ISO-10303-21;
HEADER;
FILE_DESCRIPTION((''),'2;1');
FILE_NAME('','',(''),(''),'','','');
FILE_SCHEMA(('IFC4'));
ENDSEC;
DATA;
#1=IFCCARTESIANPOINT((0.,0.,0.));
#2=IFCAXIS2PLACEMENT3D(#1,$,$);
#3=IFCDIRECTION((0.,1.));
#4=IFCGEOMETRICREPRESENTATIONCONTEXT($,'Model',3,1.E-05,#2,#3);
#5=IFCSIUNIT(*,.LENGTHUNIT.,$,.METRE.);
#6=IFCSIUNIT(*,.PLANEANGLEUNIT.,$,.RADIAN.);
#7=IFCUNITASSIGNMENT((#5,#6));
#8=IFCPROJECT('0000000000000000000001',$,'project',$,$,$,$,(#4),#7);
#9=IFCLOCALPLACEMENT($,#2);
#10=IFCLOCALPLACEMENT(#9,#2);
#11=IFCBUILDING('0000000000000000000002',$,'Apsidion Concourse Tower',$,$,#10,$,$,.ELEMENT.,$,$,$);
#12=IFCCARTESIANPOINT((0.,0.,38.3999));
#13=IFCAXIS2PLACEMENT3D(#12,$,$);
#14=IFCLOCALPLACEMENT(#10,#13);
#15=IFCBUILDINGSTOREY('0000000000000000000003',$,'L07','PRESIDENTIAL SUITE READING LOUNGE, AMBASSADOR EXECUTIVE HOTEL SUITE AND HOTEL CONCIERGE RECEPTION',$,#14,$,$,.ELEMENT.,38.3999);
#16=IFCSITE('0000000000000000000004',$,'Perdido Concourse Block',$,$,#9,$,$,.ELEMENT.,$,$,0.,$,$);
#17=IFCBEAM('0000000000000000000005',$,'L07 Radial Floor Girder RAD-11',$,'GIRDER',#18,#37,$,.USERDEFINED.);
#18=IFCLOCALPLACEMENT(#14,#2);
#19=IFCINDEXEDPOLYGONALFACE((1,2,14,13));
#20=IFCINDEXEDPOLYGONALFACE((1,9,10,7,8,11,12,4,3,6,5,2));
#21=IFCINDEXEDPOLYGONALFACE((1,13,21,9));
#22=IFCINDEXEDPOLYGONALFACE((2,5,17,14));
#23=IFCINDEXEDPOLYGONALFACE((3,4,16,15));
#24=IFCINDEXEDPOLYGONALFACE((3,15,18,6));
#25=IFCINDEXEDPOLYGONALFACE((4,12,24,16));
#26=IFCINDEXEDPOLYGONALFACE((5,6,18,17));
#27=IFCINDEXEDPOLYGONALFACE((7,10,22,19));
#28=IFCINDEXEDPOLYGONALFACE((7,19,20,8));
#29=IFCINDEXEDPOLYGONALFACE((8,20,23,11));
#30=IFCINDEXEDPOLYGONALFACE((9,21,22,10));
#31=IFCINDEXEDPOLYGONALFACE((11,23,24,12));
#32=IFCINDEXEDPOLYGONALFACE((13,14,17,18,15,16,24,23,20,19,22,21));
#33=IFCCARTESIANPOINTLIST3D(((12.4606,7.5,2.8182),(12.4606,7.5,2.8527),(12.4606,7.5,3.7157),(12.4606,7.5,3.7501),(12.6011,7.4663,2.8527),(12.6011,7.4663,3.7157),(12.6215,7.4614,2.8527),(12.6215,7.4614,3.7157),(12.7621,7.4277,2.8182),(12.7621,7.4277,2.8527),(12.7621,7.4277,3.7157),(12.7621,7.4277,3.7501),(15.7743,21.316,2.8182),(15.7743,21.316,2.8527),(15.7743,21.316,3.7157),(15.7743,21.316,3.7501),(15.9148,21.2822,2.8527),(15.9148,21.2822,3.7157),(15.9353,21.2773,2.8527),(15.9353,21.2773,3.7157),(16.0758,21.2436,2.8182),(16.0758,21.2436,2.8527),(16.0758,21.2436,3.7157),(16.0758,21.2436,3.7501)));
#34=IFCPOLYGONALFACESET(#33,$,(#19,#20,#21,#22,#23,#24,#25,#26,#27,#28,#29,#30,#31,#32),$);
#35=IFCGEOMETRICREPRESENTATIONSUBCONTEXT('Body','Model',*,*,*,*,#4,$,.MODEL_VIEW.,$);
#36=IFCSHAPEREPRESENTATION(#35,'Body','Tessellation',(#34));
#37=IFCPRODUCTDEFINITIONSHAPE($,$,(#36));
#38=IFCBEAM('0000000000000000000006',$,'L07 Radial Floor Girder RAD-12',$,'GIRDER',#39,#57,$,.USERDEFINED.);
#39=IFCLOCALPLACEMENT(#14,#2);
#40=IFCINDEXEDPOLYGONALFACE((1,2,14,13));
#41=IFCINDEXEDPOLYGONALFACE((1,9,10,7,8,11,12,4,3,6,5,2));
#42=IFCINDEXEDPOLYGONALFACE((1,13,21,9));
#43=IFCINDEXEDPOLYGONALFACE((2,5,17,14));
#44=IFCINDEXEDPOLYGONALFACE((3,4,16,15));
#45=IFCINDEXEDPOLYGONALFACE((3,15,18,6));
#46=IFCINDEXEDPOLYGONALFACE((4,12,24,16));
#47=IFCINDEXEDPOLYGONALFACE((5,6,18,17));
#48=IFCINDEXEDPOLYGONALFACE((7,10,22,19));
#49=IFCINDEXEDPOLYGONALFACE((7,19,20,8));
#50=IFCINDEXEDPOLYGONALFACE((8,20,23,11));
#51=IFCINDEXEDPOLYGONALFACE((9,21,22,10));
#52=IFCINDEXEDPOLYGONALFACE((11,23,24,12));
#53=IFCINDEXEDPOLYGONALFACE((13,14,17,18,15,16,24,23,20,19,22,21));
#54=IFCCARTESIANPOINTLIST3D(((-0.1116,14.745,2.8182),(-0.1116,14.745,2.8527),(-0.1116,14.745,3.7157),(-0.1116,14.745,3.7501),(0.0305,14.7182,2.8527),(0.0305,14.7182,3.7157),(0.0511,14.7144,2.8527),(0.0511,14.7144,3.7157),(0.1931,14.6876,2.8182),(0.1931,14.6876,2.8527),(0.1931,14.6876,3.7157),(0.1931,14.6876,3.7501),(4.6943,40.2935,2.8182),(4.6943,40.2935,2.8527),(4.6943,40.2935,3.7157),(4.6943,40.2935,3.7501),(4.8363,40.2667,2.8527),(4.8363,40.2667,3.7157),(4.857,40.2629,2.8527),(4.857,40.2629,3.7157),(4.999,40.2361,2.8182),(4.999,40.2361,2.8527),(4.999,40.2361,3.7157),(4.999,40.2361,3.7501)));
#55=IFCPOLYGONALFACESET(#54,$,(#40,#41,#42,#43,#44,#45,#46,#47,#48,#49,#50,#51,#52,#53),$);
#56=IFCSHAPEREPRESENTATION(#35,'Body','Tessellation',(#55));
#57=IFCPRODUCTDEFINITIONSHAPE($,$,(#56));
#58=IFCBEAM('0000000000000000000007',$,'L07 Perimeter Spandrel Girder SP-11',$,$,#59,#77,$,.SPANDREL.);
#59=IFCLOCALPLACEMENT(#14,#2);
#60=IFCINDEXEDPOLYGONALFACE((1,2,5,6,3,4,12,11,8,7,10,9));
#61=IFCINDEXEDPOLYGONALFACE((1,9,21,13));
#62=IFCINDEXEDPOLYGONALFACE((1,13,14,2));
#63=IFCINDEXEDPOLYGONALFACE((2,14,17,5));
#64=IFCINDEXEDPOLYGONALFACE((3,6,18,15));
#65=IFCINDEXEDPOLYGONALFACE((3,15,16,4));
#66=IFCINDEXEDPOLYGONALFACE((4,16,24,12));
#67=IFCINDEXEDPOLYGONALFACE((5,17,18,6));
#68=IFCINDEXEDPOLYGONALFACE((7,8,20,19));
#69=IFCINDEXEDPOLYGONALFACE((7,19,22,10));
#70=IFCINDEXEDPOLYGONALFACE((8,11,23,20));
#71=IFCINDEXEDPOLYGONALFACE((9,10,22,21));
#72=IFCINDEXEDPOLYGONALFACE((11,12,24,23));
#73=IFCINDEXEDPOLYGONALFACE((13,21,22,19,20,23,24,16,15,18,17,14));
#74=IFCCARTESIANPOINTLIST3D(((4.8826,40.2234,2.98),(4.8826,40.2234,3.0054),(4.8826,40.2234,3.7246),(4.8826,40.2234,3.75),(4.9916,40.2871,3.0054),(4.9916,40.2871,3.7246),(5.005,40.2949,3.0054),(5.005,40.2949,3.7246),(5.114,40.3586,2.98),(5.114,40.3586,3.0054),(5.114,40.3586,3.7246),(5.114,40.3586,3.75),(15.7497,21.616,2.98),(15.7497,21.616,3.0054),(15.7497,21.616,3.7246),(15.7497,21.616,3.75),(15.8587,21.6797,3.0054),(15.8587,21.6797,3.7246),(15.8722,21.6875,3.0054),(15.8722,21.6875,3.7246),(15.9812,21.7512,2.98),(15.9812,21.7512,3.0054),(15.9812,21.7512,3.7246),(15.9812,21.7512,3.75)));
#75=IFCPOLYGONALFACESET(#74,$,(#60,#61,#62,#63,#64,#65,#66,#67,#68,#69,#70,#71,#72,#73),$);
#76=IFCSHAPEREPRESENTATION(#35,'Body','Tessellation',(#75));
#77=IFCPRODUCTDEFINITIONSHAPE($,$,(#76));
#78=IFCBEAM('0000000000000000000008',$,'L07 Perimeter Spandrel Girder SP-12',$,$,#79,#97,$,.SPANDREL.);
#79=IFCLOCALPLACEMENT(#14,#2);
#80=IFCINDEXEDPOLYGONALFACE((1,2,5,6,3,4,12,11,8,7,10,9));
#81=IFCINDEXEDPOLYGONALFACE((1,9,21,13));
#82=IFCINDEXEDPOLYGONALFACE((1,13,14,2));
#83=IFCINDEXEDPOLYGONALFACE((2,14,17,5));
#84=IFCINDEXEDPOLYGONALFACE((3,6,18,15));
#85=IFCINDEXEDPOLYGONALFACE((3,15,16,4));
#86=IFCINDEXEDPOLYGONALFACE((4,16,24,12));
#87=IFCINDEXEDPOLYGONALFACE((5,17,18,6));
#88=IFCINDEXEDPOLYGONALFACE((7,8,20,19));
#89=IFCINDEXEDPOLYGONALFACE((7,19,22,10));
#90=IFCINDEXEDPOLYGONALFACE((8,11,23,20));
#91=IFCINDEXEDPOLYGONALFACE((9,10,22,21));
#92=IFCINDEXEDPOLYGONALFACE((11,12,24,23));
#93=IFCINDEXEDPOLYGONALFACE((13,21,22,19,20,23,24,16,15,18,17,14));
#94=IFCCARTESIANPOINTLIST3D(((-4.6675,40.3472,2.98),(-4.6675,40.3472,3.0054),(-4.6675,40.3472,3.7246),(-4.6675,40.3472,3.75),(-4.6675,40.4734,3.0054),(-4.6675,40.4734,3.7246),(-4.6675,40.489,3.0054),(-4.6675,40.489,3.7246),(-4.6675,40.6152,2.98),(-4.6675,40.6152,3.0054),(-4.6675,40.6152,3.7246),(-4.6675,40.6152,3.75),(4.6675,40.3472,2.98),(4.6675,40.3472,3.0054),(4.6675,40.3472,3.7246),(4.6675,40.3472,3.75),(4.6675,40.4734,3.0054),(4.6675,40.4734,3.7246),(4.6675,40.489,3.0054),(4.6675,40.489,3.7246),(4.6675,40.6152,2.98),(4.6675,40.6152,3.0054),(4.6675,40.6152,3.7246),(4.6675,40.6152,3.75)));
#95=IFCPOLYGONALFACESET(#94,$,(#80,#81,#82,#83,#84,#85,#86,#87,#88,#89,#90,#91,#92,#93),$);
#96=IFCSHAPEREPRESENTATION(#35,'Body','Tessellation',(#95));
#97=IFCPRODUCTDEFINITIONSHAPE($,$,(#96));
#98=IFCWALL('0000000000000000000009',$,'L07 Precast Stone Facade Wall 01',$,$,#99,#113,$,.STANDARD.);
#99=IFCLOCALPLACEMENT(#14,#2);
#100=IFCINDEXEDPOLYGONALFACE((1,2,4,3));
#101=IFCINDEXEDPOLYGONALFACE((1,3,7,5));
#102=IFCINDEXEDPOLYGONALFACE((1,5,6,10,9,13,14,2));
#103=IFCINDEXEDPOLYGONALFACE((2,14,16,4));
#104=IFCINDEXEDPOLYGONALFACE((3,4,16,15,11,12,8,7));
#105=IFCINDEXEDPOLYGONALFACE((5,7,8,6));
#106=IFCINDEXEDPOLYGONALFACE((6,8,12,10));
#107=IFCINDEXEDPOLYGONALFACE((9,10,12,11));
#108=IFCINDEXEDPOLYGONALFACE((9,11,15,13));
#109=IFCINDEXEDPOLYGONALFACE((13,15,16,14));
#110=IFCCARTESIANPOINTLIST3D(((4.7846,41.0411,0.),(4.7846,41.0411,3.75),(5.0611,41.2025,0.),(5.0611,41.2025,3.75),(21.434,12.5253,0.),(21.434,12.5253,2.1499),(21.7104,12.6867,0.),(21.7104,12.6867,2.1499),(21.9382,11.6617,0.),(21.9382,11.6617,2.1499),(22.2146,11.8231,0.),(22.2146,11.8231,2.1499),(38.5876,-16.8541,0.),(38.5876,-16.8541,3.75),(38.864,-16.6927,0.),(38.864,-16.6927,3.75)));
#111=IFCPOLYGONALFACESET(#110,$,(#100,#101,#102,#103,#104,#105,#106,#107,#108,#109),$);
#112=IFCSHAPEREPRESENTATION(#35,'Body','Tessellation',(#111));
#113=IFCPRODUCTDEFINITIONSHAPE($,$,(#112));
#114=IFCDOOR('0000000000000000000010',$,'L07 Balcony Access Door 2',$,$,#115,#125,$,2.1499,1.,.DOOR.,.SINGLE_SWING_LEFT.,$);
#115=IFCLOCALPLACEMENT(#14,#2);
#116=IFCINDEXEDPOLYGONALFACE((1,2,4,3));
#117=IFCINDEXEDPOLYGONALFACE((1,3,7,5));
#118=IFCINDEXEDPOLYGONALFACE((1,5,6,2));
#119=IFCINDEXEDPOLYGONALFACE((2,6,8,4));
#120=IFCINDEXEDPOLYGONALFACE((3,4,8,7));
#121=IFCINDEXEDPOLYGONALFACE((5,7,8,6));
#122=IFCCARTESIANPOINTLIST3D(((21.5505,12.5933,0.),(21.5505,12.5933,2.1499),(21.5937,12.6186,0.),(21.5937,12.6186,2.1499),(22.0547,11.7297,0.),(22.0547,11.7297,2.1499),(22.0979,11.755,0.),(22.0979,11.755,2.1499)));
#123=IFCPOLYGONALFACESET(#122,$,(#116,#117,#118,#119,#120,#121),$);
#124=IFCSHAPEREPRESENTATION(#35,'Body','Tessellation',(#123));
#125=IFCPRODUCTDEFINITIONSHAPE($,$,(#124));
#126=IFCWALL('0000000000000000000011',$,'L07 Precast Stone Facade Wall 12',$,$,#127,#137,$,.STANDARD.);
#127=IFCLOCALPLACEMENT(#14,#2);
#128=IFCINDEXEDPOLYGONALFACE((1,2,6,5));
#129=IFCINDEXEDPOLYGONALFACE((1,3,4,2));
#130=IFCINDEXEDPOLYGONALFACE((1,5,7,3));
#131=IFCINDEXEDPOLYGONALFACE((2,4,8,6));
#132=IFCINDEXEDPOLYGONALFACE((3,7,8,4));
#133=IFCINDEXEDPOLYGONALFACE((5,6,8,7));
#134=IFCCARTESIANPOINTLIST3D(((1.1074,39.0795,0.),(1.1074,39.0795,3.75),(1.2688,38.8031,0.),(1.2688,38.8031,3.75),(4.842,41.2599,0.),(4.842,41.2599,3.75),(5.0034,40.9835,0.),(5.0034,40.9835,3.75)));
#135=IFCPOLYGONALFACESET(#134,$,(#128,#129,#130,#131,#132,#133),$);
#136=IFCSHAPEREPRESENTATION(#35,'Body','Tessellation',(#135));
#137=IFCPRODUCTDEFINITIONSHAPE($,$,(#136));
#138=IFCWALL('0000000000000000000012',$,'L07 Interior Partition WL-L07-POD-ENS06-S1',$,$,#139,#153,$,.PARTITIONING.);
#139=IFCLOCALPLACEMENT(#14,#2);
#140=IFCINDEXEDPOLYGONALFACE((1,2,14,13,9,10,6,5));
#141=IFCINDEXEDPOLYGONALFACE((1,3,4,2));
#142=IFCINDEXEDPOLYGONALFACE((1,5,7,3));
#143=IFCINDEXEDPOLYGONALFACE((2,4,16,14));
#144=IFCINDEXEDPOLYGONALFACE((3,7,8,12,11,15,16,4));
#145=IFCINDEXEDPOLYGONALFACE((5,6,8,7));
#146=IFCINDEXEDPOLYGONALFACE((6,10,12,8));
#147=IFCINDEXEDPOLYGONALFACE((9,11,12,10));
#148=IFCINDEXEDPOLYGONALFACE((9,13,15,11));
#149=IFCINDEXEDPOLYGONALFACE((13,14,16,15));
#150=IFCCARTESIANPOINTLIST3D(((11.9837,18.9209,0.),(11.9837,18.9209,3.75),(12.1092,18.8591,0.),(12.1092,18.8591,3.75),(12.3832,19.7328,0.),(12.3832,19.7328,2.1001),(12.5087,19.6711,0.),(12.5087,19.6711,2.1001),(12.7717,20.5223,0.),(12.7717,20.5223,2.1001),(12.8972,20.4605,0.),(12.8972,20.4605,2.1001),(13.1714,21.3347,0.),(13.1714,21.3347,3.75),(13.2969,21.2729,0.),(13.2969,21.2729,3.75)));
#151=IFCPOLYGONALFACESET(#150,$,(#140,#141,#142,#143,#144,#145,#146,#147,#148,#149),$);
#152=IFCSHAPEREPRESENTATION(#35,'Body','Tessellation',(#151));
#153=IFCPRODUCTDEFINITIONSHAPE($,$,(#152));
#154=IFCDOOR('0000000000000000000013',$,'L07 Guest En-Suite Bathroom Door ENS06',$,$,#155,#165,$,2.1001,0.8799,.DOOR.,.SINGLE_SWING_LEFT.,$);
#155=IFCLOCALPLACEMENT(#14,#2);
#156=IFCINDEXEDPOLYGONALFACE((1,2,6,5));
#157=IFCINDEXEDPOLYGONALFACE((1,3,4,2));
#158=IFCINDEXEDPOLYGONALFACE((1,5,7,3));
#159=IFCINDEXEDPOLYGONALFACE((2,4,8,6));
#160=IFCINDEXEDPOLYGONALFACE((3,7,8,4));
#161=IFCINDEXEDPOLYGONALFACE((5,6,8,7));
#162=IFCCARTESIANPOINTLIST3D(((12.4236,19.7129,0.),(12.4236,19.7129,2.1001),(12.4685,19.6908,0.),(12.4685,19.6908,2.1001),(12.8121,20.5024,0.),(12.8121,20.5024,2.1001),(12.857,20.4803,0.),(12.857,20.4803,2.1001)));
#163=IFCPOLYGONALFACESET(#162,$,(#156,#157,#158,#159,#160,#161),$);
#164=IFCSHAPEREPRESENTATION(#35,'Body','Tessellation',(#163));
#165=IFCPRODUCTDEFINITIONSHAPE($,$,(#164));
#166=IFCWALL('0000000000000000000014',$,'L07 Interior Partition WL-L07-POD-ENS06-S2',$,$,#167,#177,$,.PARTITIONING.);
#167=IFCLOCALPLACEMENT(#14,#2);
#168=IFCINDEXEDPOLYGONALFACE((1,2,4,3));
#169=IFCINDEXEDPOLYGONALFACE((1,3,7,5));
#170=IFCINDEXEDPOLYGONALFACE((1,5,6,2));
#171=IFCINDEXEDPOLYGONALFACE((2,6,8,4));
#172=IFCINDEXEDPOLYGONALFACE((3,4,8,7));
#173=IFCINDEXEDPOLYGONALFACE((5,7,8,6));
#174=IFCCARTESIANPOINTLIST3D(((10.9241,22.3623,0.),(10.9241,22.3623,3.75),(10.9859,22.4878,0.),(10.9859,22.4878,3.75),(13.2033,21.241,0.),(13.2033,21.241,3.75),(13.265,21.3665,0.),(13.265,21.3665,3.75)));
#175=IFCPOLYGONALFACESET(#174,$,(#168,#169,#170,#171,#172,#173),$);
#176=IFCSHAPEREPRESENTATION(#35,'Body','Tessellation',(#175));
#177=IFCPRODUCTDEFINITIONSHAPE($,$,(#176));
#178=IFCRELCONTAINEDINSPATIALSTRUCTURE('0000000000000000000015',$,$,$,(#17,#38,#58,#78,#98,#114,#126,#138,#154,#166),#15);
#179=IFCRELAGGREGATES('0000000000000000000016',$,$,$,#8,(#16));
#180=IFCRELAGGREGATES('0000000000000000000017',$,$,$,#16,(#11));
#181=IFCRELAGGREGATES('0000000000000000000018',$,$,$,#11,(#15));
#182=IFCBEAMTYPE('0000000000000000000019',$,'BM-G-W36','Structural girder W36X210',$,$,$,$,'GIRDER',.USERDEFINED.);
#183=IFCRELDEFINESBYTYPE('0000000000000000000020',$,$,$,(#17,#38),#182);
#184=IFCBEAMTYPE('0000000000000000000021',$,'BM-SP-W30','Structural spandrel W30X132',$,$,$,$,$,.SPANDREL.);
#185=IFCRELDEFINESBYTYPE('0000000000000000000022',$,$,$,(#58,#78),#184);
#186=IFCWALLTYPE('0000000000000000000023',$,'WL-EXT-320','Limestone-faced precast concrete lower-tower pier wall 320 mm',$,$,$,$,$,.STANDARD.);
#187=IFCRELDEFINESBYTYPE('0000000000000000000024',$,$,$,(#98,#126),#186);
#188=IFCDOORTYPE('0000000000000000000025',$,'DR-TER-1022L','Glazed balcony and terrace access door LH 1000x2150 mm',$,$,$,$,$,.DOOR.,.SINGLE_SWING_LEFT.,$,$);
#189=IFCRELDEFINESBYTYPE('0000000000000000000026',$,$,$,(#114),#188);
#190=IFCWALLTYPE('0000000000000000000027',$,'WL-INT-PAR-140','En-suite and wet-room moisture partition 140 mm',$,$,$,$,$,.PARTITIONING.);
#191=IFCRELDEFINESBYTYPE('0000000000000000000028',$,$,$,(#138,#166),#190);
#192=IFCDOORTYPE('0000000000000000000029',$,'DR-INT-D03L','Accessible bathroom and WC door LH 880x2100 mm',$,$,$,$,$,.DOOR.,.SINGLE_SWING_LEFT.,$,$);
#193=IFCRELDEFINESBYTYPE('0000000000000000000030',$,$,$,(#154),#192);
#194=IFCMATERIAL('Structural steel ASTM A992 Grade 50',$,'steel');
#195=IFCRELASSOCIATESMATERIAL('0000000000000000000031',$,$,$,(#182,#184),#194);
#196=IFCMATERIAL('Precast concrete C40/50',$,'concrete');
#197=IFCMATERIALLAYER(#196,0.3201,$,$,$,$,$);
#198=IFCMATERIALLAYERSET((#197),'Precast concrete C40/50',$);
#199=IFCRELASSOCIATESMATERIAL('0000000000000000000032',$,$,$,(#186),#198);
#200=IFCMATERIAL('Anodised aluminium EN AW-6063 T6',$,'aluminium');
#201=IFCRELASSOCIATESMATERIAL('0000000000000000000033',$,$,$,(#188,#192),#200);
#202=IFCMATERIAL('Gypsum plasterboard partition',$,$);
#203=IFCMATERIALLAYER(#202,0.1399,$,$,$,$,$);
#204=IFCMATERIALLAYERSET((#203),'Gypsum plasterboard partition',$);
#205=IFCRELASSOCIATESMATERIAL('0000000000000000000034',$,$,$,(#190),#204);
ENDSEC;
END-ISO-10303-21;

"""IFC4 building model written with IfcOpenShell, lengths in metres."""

from ifc_helpers import new_model, si_unit, direction, frame, frame_2d, origin, origin_2d, place, context, subcontext, project, spatial, rectangle, i_section, extrude, material, layer, layer_set, material_profile, profile_set, type_object, element, fill, save


model = new_model("IFC4")

# Units and contexts
model_context = context("Model", 3, precision=1e-05, world=origin(), true_north=direction((0.0, 1.0)))
body_context = subcontext(model_context, "Body", "Model", "MODEL_VIEW")
ifc_project = project(units=[si_unit("LENGTHUNIT", "METRE"), si_unit("PLANEANGLEUNIT", "RADIAN")], contexts=[model_context])

# Site, building, storey
site_placement = place(None, origin())
site = spatial("IfcSite", under=ifc_project, at=site_placement, Name="Perdido Concourse Block", CompositionType="ELEMENT", RefElevation=0.0)
building_placement = place(site_placement, origin())
building = spatial("IfcBuilding", under=site, at=building_placement, Name="Apsidion Concourse Tower", CompositionType="ELEMENT")
storey_placement = place(building_placement, frame((0.0, 0.0, 38.3999)))
storey = spatial("IfcBuildingStorey", under=building, at=storey_placement, Name="L07", Description="PRESIDENTIAL SUITE READING LOUNGE, AMBASSADOR EXECUTIVE HOTEL SUITE AND HOTEL CONCIERGE RECEPTION", CompositionType="ELEMENT", Elevation=38.3999)

# Beams
ifc_material_1 = material(Name="Structural steel ASTM A992 Grade 50", Category="steel")
ifc_material_profile_1 = material_profile(ifc_material_1, i_section(OverallWidth=0.3101, OverallDepth=0.9319, WebThickness=0.021, FlangeThickness=0.0344, at=origin_2d()), Name="W36X210")
ifc_profile_set_1 = profile_set([ifc_material_profile_1], Name="Structural steel ASTM A992 Grade 50")
beam_type_1 = type_object("IfcBeamType", Name="BM-G-W36", Description="Structural girder W36X210", ElementType="GIRDER", PredefinedType="USERDEFINED", material=ifc_profile_set_1)
beam_1_placement = place(storey_placement, frame((12.6113, 7.4639, 3.2842), z_axis=(0.233233, 0.972421, 0.0), x_axis=(-0.972421, 0.233233, 0.0)))
element("IfcBeam", 1, at=beam_1_placement, inside=storey, type_object=beam_type_1, Name="L07 Radial Floor Girder RAD-11", ObjectType="GIRDER", PredefinedType="USERDEFINED", context=body_context, shape_type="SweptSolid", body=[
    extrude(i_section(OverallWidth=0.3101, OverallDepth=0.9319, WebThickness=0.021, FlangeThickness=0.0344, at=origin_2d()), origin(), (0.0, 0.0, 1.0), 14.2078),
])
beam_2_placement = place(storey_placement, frame((0.0408, 14.7163, 3.2842), z_axis=(0.184866, 0.982764, 0.0), x_axis=(-0.982764, 0.184866, 0.0)))
element("IfcBeam", 2, at=beam_2_placement, inside=storey, type_object=beam_type_1, Name="L07 Radial Floor Girder RAD-12", ObjectType="GIRDER", PredefinedType="USERDEFINED", context=body_context, shape_type="SweptSolid", body=[
    extrude(i_section(OverallWidth=0.3101, OverallDepth=0.9319, WebThickness=0.021, FlangeThickness=0.0344, at=origin_2d()), origin(), (0.0, 0.0, 1.0), 25.9966),
])
ifc_material_profile_2 = material_profile(ifc_material_1, i_section(OverallWidth=0.2681, OverallDepth=0.77, WebThickness=0.0156, FlangeThickness=0.0254, at=origin_2d()), Name="W30X132")
ifc_profile_set_2 = profile_set([ifc_material_profile_2], Name="Structural steel ASTM A992 Grade 50")
beam_type_2 = type_object("IfcBeamType", Name="BM-SP-W30", Description="Structural spandrel W30X132", PredefinedType="SPANDREL", material=ifc_profile_set_2)
beam_3_placement = place(storey_placement, frame((15.8655, 21.6836, 3.365), z_axis=(-0.504316, 0.863519, 0.0), x_axis=(-0.863519, -0.504316, 0.0)))
element("IfcBeam", 3, at=beam_3_placement, inside=storey, type_object=beam_type_2, Name="L07 Perimeter Spandrel Girder SP-11", PredefinedType="SPANDREL", context=body_context, shape_type="SweptSolid", body=[
    extrude(i_section(OverallWidth=0.2681, OverallDepth=0.77, WebThickness=0.0156, FlangeThickness=0.0254, at=origin_2d()), origin(), (0.0, 0.0, 1.0), 21.5483),
])
beam_4_placement = place(storey_placement, frame((4.6675, 40.4812, 3.365), z_axis=(-1.0, 0.0, 0.0), x_axis=(0.0, -1.0, 0.0)))
element("IfcBeam", 4, at=beam_4_placement, inside=storey, type_object=beam_type_2, Name="L07 Perimeter Spandrel Girder SP-12", PredefinedType="SPANDREL", context=body_context, shape_type="SweptSolid", body=[
    extrude(i_section(OverallWidth=0.2681, OverallDepth=0.77, WebThickness=0.0156, FlangeThickness=0.0254, at=origin_2d()), origin(), (0.0, 0.0, 1.0), 9.335),
])

# Wall, opening, door
ifc_material_2 = material(Name="Precast concrete C40/50", Category="concrete")
ifc_layer_1 = layer(ifc_material_2, 0.3201)
ifc_layer_set_1 = layer_set([ifc_layer_1], Name="Precast concrete C40/50")
wall_type_1 = type_object("IfcWallType", Name="WL-EXT-320", Description="Limestone-faced precast concrete lower-tower pier wall 320 mm", PredefinedType="STANDARD", material=ifc_layer_set_1)
wall_1_placement = place(storey_placement, frame((4.9229, 41.1218, 0.0), z_axis=(0.0, 0.0, 1.0), x_axis=(0.504213, -0.863579, 0.0)))
wall_1 = element("IfcWall", 5, at=wall_1_placement, inside=storey, type_object=wall_type_1, Name="L07 Precast Stone Facade Wall 01", PredefinedType="STANDARD", context=body_context, shape_type="SweptSolid", body=[
    extrude(rectangle(XDim=67.041, YDim=0.3201, at=frame_2d((33.5205, 0.0))), origin(), (0.0, 0.0, 1.0), 3.75),
])
opening_1_placement = place(wall_1_placement, frame((33.0205, 0.0, 0.0)))
opening_1 = element("IfcOpeningElement", 6, at=opening_1_placement, cuts=wall_1, PredefinedType="OPENING", context=body_context, shape_type="SweptSolid", body=[
    extrude(rectangle(XDim=1.0, YDim=2.1499, at=frame_2d((0.5, 1.075))), frame((0.0, 0.1699, 0.0), z_axis=(0.0, -1.0, 0.0), x_axis=(1.0, 0.0, 0.0)), (0.0, 0.0, 1.0), 0.3401),
])
ifc_material_3 = material(Name="Anodised aluminium EN AW-6063 T6", Category="aluminium")
door_type_1 = type_object("IfcDoorType", Name="DR-TER-1022L", Description="Glazed balcony and terrace access door LH 1000x2150 mm", OperationType="SINGLE_SWING_LEFT", PredefinedType="DOOR", material=ifc_material_3)
door_1_placement = place(opening_1_placement, origin())
door_1 = element("IfcDoor", 7, at=door_1_placement, inside=storey, type_object=door_type_1, Name="L07 Balcony Access Door 2", OperationType="SINGLE_SWING_LEFT", OverallHeight=2.1499, OverallWidth=1.0, PredefinedType="DOOR", context=body_context, shape_type="SweptSolid", body=[
    extrude(rectangle(XDim=1.0, YDim=2.1499, at=frame_2d((0.5, 1.075))), frame((0.0, 0.0249, 0.0), z_axis=(0.0, -1.0, 0.0), x_axis=(1.0, 0.0, 0.0)), (0.0, 0.0, 1.0), 0.05),
])
fill(opening_1, door_1)

# Wall
wall_2_placement = place(storey_placement, frame((1.1882, 38.9414, 0.0), z_axis=(0.0, 0.0, 1.0), x_axis=(0.863588, 0.504197, 0.0)))
element("IfcWall", 8, at=wall_2_placement, inside=storey, type_object=wall_type_1, Name="L07 Precast Stone Facade Wall 12", PredefinedType="STANDARD", context=body_context, shape_type="SweptSolid", body=[
    extrude(rectangle(XDim=4.3245, YDim=0.3201, at=frame_2d((2.1621, 0.0))), origin(), (0.0, 0.0, 1.0), 3.75),
])

# Wall, opening, door
ifc_material_4 = material(Name="Gypsum plasterboard partition")
ifc_layer_2 = layer(ifc_material_4, 0.1399)
ifc_layer_set_2 = layer_set([ifc_layer_2], Name="Gypsum plasterboard partition")
wall_type_2 = type_object("IfcWallType", Name="WL-INT-PAR-140", Description="En-suite and wet-room moisture partition 140 mm", PredefinedType="PARTITIONING", material=ifc_layer_set_2)
wall_3_placement = place(storey_placement, frame((12.0464, 18.8899, 0.0), z_axis=(0.0, 0.0, 1.0), x_axis=(0.441505, 0.897259, 0.0)))
wall_3 = element("IfcWall", 9, at=wall_3_placement, inside=storey, type_object=wall_type_2, Name="L07 Interior Partition WL-L07-POD-ENS06-S1", PredefinedType="PARTITIONING", context=body_context, shape_type="SweptSolid", body=[
    extrude(rectangle(XDim=2.6902, YDim=0.1399, at=frame_2d((1.3452, 0.0))), origin(), (0.0, 0.0, 1.0), 3.75),
])
opening_2_placement = place(wall_3_placement, frame((0.905, 0.0, 0.0)))
opening_2 = element("IfcOpeningElement", 10, at=opening_2_placement, cuts=wall_3, PredefinedType="OPENING", context=body_context, shape_type="SweptSolid", body=[
    extrude(rectangle(XDim=0.8799, YDim=2.1001, at=frame_2d((0.4399, 1.05))), frame((0.0, 0.0801, 0.0), z_axis=(0.0, -1.0, 0.0), x_axis=(1.0, 0.0, 0.0)), (0.0, 0.0, 1.0), 0.1599),
])
door_type_2 = type_object("IfcDoorType", Name="DR-INT-D03L", Description="Accessible bathroom and WC door LH 880x2100 mm", OperationType="SINGLE_SWING_LEFT", PredefinedType="DOOR", material=ifc_material_3)
door_2_placement = place(opening_2_placement, origin())
door_2 = element("IfcDoor", 11, at=door_2_placement, inside=storey, type_object=door_type_2, Name="L07 Guest En-Suite Bathroom Door ENS06", OperationType="SINGLE_SWING_LEFT", OverallHeight=2.1001, OverallWidth=0.8799, PredefinedType="DOOR", context=body_context, shape_type="SweptSolid", body=[
    extrude(rectangle(XDim=0.8799, YDim=2.1001, at=frame_2d((0.4399, 1.05))), frame((0.0, 0.0249, 0.0), z_axis=(0.0, -1.0, 0.0), x_axis=(1.0, 0.0, 0.0)), (0.0, 0.0, 1.0), 0.05),
])
fill(opening_2, door_2)

# Wall
wall_4_placement = place(storey_placement, frame((13.2341, 21.3037, 0.0), z_axis=(0.0, 0.0, 1.0), x_axis=(-0.897273, 0.441476, 0.0)))
element("IfcWall", 12, at=wall_4_placement, inside=storey, type_object=wall_type_2, Name="L07 Interior Partition WL-L07-POD-ENS06-S2", PredefinedType="PARTITIONING", context=body_context, shape_type="SweptSolid", body=[
    extrude(rectangle(XDim=2.54, YDim=0.1399, at=frame_2d((1.27, 0.0))), origin(), (0.0, 0.0, 1.0), 3.75),
])

save(model, "model.ifc")
